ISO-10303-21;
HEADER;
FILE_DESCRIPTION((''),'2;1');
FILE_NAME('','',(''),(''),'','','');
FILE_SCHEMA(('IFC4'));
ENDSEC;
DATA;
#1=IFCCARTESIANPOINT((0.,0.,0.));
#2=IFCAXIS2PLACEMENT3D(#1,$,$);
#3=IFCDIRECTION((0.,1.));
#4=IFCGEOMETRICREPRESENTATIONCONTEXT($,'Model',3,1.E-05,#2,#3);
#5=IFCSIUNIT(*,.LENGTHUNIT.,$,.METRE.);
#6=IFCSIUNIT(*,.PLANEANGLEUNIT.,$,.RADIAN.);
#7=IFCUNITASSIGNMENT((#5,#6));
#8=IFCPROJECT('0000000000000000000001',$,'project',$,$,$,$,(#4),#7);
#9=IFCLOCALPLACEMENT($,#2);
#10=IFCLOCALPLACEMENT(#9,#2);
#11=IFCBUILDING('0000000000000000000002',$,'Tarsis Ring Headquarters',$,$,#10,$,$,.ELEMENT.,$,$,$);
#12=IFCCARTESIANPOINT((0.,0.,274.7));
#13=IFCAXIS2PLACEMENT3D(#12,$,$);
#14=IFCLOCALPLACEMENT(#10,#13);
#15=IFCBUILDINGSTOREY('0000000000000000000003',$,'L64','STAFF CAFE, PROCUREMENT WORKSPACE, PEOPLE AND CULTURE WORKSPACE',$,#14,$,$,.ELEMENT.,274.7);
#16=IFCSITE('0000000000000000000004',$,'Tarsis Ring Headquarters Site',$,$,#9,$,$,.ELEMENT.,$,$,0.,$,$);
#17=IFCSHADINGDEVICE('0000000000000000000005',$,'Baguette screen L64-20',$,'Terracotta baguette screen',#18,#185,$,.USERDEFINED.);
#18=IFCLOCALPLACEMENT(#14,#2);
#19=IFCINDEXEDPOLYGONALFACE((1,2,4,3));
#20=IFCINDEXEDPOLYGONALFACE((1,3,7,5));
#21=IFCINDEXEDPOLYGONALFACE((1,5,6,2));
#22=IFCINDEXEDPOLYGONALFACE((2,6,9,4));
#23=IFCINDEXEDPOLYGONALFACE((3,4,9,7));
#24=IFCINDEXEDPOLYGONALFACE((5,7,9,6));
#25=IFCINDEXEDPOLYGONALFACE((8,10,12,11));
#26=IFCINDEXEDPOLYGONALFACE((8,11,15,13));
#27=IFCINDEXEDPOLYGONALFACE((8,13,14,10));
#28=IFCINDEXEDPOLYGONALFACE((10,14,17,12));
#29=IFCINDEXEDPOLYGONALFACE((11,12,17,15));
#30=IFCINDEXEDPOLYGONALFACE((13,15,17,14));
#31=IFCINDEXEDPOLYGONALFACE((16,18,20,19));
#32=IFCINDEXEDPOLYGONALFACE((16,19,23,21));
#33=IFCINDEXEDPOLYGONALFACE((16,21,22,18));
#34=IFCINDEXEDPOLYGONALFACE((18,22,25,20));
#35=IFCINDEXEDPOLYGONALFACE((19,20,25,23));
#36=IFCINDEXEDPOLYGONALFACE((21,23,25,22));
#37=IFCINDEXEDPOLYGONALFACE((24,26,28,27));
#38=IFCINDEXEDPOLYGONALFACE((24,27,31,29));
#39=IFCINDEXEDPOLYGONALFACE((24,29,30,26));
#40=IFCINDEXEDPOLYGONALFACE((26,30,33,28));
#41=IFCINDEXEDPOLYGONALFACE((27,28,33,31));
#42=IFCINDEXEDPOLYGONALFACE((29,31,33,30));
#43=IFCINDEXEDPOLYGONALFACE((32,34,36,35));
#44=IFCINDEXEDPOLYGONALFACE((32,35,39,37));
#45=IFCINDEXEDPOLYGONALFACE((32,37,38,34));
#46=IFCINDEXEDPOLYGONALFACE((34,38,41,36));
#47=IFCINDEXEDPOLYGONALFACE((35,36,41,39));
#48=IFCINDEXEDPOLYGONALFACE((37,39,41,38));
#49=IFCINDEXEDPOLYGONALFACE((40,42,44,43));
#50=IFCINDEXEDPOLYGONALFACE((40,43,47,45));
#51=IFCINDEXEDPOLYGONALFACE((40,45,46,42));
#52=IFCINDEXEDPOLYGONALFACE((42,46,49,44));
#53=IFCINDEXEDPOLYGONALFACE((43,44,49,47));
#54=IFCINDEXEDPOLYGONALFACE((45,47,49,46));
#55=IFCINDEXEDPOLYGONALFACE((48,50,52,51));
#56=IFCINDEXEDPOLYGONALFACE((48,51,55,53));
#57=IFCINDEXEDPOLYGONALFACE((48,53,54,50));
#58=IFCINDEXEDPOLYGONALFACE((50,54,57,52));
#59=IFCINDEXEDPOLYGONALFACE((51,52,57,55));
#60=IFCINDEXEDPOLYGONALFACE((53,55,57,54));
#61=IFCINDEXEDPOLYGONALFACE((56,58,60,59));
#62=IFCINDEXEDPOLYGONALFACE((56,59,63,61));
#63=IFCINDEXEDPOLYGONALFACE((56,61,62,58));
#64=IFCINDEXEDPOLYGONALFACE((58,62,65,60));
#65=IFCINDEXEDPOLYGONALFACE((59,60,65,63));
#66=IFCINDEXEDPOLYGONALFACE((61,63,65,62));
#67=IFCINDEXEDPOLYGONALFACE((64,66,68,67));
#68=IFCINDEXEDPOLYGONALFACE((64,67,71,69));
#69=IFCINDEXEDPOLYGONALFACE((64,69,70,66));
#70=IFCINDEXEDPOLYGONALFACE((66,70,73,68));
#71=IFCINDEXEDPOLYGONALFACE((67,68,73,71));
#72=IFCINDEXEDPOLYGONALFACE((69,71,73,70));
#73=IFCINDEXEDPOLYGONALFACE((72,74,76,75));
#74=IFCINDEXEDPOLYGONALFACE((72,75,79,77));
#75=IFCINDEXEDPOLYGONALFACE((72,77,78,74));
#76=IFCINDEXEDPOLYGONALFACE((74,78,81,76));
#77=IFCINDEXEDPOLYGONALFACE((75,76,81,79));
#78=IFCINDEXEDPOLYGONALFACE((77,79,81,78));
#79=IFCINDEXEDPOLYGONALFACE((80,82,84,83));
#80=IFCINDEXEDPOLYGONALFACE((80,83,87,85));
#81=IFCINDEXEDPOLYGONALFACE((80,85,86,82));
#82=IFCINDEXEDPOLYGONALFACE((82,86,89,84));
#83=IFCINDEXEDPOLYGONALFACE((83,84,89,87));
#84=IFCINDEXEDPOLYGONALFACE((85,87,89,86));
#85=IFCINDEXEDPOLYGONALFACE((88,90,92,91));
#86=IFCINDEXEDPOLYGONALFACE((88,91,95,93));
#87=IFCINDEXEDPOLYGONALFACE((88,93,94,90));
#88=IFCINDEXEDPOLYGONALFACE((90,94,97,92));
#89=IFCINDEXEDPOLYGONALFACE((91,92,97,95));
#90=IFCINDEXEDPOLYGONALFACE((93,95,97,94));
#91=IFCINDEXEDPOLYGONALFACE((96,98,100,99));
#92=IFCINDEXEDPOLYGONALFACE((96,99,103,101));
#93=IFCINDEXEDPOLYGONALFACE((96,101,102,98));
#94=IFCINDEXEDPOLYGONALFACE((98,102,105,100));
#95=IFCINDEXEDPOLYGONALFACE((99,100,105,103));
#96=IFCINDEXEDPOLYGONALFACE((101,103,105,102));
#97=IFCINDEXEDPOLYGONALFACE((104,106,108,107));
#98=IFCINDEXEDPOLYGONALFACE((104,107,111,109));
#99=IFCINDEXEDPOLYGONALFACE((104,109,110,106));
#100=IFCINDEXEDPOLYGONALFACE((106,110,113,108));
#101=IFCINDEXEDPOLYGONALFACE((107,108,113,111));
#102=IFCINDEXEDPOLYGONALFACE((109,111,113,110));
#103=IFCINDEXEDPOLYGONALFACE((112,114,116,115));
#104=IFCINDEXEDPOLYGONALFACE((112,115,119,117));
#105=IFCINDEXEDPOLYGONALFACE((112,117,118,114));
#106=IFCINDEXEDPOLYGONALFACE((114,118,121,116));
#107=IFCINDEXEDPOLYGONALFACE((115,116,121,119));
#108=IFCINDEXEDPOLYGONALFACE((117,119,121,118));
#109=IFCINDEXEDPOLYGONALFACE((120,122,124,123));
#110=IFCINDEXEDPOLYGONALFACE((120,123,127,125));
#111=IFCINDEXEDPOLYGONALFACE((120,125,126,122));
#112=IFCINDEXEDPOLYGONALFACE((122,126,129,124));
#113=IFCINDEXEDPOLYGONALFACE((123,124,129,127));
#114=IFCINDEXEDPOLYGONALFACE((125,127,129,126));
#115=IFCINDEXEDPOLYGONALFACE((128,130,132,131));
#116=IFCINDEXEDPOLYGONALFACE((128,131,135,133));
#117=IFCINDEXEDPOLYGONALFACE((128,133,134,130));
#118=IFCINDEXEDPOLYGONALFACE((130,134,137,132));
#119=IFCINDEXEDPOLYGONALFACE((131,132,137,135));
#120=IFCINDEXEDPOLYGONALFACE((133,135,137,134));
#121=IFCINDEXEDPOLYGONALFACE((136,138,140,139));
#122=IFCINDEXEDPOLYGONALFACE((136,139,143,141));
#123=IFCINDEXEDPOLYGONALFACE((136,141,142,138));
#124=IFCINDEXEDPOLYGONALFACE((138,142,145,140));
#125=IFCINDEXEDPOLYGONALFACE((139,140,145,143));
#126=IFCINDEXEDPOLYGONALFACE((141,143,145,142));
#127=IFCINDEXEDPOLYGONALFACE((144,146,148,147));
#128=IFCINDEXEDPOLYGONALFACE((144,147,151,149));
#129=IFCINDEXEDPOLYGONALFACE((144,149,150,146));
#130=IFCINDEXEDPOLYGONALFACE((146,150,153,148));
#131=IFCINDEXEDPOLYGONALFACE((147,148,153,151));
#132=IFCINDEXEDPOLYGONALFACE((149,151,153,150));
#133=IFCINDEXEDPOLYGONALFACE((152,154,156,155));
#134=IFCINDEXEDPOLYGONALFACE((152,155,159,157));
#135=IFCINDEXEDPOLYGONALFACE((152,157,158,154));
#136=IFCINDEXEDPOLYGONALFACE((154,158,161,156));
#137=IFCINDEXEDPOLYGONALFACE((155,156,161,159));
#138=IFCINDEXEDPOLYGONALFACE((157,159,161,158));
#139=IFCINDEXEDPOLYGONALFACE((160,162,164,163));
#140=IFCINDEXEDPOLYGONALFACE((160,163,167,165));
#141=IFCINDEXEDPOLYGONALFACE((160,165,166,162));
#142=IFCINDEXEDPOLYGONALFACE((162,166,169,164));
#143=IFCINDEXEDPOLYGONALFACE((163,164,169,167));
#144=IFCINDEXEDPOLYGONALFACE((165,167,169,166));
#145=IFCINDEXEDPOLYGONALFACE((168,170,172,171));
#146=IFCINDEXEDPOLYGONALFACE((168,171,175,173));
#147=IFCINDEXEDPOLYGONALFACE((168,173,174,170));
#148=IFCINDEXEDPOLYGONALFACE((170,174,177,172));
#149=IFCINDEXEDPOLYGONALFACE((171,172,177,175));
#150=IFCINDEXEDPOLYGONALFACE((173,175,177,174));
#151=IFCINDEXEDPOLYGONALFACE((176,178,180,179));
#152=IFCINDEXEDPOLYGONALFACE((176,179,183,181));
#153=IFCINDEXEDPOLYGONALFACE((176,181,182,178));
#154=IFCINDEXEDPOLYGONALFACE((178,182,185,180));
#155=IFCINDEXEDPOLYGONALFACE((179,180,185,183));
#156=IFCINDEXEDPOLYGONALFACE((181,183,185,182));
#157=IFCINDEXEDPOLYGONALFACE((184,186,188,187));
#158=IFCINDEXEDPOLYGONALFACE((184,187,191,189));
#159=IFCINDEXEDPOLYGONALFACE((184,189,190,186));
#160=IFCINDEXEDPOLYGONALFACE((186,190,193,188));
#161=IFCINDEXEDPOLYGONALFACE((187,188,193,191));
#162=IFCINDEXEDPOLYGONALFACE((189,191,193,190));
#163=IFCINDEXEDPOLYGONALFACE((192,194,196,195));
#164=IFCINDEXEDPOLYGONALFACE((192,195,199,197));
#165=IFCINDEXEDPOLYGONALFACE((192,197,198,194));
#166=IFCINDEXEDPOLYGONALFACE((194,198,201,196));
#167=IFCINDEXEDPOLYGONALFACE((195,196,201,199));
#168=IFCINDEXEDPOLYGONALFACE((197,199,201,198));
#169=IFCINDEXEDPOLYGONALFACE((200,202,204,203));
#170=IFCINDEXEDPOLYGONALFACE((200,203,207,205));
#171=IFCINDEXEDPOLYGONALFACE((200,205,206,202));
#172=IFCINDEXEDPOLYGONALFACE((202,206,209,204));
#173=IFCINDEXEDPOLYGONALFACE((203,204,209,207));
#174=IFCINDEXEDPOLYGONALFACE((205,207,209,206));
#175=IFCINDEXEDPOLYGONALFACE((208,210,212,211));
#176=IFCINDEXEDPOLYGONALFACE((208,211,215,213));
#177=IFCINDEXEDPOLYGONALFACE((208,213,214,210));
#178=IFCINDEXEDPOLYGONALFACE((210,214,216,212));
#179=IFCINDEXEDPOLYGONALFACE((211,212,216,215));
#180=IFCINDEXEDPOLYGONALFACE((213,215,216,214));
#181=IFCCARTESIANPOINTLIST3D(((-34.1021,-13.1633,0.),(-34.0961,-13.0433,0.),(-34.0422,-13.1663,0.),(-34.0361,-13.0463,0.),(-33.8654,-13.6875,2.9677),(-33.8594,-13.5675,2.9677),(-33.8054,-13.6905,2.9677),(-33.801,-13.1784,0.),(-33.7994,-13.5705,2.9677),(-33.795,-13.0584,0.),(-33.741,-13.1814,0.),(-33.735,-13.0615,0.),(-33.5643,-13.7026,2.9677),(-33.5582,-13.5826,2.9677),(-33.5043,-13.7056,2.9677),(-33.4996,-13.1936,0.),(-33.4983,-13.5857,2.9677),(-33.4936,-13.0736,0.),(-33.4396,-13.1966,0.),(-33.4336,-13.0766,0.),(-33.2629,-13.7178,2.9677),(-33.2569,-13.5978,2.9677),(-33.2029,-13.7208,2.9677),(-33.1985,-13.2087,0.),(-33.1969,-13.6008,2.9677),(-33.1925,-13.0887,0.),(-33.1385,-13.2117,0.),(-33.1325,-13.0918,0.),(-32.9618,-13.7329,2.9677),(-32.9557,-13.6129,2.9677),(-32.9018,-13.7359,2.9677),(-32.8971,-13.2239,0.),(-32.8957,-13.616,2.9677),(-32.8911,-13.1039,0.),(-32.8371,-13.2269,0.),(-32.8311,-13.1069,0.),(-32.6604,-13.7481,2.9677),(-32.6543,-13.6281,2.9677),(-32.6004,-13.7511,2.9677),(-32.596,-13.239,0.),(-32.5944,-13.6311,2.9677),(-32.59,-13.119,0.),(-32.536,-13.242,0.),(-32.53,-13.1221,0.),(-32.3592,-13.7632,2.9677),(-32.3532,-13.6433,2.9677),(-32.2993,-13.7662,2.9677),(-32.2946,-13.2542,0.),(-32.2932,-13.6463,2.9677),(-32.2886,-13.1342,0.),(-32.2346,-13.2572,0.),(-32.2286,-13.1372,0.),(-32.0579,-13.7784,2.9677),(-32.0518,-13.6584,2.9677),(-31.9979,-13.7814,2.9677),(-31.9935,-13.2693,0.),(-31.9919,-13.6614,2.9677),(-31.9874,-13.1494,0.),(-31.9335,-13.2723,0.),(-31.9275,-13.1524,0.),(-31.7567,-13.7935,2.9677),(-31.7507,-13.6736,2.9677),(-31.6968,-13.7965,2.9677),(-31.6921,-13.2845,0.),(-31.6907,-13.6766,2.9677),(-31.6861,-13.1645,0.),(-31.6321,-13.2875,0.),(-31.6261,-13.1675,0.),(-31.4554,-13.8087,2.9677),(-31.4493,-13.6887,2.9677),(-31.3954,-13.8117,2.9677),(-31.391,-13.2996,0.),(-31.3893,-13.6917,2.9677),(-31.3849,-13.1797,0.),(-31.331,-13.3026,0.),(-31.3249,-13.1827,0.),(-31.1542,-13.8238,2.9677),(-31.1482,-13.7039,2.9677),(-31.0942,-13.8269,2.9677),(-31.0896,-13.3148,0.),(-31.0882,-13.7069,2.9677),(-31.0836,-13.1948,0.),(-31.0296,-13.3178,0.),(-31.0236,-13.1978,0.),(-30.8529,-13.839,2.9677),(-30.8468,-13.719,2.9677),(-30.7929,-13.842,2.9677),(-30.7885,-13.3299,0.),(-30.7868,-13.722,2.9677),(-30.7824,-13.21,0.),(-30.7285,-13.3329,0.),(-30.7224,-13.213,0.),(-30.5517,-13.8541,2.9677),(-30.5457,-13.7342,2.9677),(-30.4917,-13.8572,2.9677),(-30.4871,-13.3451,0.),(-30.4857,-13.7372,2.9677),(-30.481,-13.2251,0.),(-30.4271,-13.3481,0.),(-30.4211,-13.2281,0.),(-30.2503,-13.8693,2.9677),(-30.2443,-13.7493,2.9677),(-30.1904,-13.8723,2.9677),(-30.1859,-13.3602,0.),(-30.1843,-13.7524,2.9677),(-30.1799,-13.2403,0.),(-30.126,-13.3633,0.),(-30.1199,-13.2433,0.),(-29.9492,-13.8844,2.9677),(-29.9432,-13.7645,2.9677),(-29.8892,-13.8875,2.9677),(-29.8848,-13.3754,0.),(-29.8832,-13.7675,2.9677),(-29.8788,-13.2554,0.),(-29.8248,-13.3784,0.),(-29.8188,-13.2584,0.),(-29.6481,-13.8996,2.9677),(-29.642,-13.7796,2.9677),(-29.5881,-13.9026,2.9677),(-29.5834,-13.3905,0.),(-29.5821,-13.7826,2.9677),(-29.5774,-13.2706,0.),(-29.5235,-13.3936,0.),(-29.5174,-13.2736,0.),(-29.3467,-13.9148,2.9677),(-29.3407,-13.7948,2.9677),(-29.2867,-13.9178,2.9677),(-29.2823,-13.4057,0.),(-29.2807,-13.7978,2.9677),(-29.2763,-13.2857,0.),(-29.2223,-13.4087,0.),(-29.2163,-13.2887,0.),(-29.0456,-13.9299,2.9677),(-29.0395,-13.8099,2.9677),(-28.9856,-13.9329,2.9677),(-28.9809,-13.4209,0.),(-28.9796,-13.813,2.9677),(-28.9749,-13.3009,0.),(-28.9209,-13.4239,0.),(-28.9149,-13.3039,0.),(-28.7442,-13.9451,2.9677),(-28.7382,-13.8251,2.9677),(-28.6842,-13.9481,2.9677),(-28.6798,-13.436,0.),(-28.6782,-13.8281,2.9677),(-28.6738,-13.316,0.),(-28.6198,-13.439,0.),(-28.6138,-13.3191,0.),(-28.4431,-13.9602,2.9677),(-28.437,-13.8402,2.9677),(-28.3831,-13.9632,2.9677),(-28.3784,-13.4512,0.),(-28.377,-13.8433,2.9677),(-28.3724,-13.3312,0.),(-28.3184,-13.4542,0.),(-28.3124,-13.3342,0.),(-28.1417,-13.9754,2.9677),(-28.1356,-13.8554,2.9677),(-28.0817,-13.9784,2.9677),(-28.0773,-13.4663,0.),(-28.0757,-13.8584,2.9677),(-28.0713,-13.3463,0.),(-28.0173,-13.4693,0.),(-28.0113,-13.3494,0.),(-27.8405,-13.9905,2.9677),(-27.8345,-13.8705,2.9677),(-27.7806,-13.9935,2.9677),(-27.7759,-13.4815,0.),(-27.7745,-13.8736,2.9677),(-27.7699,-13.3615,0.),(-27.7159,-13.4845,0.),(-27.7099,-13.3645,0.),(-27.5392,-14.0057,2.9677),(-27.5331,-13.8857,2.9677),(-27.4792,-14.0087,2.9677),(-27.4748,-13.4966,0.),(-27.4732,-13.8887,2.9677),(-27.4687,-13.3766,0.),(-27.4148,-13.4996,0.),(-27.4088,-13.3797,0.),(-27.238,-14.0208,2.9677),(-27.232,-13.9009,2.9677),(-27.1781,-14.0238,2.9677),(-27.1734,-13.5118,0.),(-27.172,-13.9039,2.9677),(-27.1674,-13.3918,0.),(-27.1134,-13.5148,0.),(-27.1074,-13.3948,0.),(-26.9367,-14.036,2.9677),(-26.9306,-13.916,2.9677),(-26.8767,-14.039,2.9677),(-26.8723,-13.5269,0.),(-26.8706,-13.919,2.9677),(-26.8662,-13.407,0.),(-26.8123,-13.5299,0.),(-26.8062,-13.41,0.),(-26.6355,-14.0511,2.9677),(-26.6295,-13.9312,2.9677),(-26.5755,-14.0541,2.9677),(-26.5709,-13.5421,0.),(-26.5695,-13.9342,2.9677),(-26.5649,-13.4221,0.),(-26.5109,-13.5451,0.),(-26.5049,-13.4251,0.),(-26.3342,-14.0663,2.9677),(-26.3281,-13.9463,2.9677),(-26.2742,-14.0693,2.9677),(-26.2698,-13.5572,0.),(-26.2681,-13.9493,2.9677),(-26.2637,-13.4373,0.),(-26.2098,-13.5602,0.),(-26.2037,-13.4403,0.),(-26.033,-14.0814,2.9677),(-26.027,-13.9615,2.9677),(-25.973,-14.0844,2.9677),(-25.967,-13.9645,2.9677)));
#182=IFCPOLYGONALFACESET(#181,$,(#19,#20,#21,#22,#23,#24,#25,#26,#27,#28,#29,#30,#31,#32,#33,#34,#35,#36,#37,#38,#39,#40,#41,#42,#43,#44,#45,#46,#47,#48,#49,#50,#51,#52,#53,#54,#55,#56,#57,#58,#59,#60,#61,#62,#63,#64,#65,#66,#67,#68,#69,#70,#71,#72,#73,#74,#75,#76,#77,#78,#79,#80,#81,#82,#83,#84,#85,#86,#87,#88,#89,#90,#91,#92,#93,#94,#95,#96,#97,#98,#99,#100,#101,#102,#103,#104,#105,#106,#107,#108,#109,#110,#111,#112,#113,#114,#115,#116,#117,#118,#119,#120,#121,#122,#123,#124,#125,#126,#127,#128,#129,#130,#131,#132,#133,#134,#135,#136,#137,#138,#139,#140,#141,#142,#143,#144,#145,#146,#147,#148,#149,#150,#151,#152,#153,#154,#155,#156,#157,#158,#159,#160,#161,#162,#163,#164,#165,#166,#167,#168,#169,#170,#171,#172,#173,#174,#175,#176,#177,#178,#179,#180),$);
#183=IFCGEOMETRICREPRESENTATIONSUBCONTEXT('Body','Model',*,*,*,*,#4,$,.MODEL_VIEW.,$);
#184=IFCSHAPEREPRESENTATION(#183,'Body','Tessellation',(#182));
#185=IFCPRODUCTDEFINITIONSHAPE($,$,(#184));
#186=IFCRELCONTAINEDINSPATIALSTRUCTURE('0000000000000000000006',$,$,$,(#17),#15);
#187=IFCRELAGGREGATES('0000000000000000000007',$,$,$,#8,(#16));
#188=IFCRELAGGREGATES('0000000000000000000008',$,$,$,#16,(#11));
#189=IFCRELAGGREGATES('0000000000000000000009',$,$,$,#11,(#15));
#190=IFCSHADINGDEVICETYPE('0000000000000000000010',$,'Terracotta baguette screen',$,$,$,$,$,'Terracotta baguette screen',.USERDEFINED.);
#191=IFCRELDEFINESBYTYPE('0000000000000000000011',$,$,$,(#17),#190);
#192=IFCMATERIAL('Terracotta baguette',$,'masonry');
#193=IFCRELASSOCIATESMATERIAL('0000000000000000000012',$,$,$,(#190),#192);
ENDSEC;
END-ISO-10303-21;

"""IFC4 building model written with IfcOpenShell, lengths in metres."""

from ifc_helpers import new_model, si_unit, direction, frame, frame_2d, origin, place, context, subcontext, project, spatial, rectangle, composite_profile, extrude, material, type_object, element, save


model = new_model("IFC4")

# Units and contexts
model_context = context("Model", 3, precision=1e-05, world=origin(), true_north=direction((0.0, 1.0)))
body_context = subcontext(model_context, "Body", "Model", "MODEL_VIEW")
ifc_project = project(units=[si_unit("LENGTHUNIT", "METRE"), si_unit("PLANEANGLEUNIT", "RADIAN")], contexts=[model_context])

# Site, building, storey
site_placement = place(None, origin())
site = spatial("IfcSite", under=ifc_project, at=site_placement, Name="Tarsis Ring Headquarters Site", CompositionType="ELEMENT", RefElevation=0.0)
building_placement = place(site_placement, origin())
building = spatial("IfcBuilding", under=site, at=building_placement, Name="Tarsis Ring Headquarters", CompositionType="ELEMENT")
storey_placement = place(building_placement, frame((0.0, 0.0, 274.7)))
storey = spatial("IfcBuildingStorey", under=building, at=storey_placement, Name="L64", Description="STAFF CAFE, PROCUREMENT WORKSPACE, PEOPLE AND CULTURE WORKSPACE", CompositionType="ELEMENT", Elevation=274.7)

# Shading device
ifc_material_1 = material(Name="Terracotta baguette", Category="masonry")
shading_device_type = type_object("IfcShadingDeviceType", Name="Terracotta baguette screen", ElementType="Terracotta baguette screen", PredefinedType="USERDEFINED", material=ifc_material_1)
shading_device_1_placement = place(storey_placement, frame((-34.0991, -13.1033, 0.0), z_axis=(0.0, 0.0, 1.0), x_axis=(0.998733, -0.050236, 0.0)))
element("IfcShadingDevice", 1, at=shading_device_1_placement, inside=storey, type_object=shading_device_type, Name="Baguette screen L64-20", ObjectType="Terracotta baguette screen", PredefinedType="USERDEFINED", context=body_context, shape_type="SweptSolid", body=[
    extrude(composite_profile([rectangle(XDim=0.0601, YDim=0.1201, at=frame_2d((0.03, 0.0))), rectangle(XDim=0.0601, YDim=0.1201, at=frame_2d((0.3315, 0.0))), rectangle(XDim=0.0601, YDim=0.1201, at=frame_2d((0.6333, 0.0))), rectangle(XDim=0.0601, YDim=0.1201, at=frame_2d((0.9348, 0.0))), rectangle(XDim=0.0601, YDim=0.1201, at=frame_2d((1.2366, 0.0))), rectangle(XDim=0.0601, YDim=0.1201, at=frame_2d((1.5381, 0.0))), rectangle(XDim=0.0601, YDim=0.1201, at=frame_2d((1.8398, 0.0))), rectangle(XDim=0.0601, YDim=0.1201, at=frame_2d((2.1414, 0.0))), rectangle(XDim=0.0601, YDim=0.1201, at=frame_2d((2.4431, 0.0))), rectangle(XDim=0.0601, YDim=0.1201, at=frame_2d((2.7446, 0.0))), rectangle(XDim=0.0601, YDim=0.1201, at=frame_2d((3.0464, 0.0))), rectangle(XDim=0.0601, YDim=0.1201, at=frame_2d((3.3479, 0.0))), rectangle(XDim=0.0601, YDim=0.1201, at=frame_2d((3.6497, 0.0))), rectangle(XDim=0.0601, YDim=0.1201, at=frame_2d((3.9512, 0.0))), rectangle(XDim=0.0601, YDim=0.1201, at=frame_2d((4.2527, 0.0))), rectangle(XDim=0.0601, YDim=0.1201, at=frame_2d((4.5544, 0.0))), rectangle(XDim=0.0601, YDim=0.1201, at=frame_2d((4.856, 0.0))), rectangle(XDim=0.0601, YDim=0.1201, at=frame_2d((5.1577, 0.0))), rectangle(XDim=0.0601, YDim=0.1201, at=frame_2d((5.4592, 0.0))), rectangle(XDim=0.0601, YDim=0.1201, at=frame_2d((5.761, 0.0))), rectangle(XDim=0.0601, YDim=0.1201, at=frame_2d((6.0625, 0.0))), rectangle(XDim=0.0601, YDim=0.1201, at=frame_2d((6.3643, 0.0))), rectangle(XDim=0.0601, YDim=0.1201, at=frame_2d((6.6658, 0.0))), rectangle(XDim=0.0601, YDim=0.1201, at=frame_2d((6.9675, 0.0))), rectangle(XDim=0.0601, YDim=0.1201, at=frame_2d((7.269, 0.0))), rectangle(XDim=0.0601, YDim=0.1201, at=frame_2d((7.5708, 0.0))), rectangle(XDim=0.0601, YDim=0.1201, at=frame_2d((7.8723, 0.0)))]), origin(), (0.086926, -0.169256, 0.981731), 3.0229),
])

save(model, "model.ifc")
